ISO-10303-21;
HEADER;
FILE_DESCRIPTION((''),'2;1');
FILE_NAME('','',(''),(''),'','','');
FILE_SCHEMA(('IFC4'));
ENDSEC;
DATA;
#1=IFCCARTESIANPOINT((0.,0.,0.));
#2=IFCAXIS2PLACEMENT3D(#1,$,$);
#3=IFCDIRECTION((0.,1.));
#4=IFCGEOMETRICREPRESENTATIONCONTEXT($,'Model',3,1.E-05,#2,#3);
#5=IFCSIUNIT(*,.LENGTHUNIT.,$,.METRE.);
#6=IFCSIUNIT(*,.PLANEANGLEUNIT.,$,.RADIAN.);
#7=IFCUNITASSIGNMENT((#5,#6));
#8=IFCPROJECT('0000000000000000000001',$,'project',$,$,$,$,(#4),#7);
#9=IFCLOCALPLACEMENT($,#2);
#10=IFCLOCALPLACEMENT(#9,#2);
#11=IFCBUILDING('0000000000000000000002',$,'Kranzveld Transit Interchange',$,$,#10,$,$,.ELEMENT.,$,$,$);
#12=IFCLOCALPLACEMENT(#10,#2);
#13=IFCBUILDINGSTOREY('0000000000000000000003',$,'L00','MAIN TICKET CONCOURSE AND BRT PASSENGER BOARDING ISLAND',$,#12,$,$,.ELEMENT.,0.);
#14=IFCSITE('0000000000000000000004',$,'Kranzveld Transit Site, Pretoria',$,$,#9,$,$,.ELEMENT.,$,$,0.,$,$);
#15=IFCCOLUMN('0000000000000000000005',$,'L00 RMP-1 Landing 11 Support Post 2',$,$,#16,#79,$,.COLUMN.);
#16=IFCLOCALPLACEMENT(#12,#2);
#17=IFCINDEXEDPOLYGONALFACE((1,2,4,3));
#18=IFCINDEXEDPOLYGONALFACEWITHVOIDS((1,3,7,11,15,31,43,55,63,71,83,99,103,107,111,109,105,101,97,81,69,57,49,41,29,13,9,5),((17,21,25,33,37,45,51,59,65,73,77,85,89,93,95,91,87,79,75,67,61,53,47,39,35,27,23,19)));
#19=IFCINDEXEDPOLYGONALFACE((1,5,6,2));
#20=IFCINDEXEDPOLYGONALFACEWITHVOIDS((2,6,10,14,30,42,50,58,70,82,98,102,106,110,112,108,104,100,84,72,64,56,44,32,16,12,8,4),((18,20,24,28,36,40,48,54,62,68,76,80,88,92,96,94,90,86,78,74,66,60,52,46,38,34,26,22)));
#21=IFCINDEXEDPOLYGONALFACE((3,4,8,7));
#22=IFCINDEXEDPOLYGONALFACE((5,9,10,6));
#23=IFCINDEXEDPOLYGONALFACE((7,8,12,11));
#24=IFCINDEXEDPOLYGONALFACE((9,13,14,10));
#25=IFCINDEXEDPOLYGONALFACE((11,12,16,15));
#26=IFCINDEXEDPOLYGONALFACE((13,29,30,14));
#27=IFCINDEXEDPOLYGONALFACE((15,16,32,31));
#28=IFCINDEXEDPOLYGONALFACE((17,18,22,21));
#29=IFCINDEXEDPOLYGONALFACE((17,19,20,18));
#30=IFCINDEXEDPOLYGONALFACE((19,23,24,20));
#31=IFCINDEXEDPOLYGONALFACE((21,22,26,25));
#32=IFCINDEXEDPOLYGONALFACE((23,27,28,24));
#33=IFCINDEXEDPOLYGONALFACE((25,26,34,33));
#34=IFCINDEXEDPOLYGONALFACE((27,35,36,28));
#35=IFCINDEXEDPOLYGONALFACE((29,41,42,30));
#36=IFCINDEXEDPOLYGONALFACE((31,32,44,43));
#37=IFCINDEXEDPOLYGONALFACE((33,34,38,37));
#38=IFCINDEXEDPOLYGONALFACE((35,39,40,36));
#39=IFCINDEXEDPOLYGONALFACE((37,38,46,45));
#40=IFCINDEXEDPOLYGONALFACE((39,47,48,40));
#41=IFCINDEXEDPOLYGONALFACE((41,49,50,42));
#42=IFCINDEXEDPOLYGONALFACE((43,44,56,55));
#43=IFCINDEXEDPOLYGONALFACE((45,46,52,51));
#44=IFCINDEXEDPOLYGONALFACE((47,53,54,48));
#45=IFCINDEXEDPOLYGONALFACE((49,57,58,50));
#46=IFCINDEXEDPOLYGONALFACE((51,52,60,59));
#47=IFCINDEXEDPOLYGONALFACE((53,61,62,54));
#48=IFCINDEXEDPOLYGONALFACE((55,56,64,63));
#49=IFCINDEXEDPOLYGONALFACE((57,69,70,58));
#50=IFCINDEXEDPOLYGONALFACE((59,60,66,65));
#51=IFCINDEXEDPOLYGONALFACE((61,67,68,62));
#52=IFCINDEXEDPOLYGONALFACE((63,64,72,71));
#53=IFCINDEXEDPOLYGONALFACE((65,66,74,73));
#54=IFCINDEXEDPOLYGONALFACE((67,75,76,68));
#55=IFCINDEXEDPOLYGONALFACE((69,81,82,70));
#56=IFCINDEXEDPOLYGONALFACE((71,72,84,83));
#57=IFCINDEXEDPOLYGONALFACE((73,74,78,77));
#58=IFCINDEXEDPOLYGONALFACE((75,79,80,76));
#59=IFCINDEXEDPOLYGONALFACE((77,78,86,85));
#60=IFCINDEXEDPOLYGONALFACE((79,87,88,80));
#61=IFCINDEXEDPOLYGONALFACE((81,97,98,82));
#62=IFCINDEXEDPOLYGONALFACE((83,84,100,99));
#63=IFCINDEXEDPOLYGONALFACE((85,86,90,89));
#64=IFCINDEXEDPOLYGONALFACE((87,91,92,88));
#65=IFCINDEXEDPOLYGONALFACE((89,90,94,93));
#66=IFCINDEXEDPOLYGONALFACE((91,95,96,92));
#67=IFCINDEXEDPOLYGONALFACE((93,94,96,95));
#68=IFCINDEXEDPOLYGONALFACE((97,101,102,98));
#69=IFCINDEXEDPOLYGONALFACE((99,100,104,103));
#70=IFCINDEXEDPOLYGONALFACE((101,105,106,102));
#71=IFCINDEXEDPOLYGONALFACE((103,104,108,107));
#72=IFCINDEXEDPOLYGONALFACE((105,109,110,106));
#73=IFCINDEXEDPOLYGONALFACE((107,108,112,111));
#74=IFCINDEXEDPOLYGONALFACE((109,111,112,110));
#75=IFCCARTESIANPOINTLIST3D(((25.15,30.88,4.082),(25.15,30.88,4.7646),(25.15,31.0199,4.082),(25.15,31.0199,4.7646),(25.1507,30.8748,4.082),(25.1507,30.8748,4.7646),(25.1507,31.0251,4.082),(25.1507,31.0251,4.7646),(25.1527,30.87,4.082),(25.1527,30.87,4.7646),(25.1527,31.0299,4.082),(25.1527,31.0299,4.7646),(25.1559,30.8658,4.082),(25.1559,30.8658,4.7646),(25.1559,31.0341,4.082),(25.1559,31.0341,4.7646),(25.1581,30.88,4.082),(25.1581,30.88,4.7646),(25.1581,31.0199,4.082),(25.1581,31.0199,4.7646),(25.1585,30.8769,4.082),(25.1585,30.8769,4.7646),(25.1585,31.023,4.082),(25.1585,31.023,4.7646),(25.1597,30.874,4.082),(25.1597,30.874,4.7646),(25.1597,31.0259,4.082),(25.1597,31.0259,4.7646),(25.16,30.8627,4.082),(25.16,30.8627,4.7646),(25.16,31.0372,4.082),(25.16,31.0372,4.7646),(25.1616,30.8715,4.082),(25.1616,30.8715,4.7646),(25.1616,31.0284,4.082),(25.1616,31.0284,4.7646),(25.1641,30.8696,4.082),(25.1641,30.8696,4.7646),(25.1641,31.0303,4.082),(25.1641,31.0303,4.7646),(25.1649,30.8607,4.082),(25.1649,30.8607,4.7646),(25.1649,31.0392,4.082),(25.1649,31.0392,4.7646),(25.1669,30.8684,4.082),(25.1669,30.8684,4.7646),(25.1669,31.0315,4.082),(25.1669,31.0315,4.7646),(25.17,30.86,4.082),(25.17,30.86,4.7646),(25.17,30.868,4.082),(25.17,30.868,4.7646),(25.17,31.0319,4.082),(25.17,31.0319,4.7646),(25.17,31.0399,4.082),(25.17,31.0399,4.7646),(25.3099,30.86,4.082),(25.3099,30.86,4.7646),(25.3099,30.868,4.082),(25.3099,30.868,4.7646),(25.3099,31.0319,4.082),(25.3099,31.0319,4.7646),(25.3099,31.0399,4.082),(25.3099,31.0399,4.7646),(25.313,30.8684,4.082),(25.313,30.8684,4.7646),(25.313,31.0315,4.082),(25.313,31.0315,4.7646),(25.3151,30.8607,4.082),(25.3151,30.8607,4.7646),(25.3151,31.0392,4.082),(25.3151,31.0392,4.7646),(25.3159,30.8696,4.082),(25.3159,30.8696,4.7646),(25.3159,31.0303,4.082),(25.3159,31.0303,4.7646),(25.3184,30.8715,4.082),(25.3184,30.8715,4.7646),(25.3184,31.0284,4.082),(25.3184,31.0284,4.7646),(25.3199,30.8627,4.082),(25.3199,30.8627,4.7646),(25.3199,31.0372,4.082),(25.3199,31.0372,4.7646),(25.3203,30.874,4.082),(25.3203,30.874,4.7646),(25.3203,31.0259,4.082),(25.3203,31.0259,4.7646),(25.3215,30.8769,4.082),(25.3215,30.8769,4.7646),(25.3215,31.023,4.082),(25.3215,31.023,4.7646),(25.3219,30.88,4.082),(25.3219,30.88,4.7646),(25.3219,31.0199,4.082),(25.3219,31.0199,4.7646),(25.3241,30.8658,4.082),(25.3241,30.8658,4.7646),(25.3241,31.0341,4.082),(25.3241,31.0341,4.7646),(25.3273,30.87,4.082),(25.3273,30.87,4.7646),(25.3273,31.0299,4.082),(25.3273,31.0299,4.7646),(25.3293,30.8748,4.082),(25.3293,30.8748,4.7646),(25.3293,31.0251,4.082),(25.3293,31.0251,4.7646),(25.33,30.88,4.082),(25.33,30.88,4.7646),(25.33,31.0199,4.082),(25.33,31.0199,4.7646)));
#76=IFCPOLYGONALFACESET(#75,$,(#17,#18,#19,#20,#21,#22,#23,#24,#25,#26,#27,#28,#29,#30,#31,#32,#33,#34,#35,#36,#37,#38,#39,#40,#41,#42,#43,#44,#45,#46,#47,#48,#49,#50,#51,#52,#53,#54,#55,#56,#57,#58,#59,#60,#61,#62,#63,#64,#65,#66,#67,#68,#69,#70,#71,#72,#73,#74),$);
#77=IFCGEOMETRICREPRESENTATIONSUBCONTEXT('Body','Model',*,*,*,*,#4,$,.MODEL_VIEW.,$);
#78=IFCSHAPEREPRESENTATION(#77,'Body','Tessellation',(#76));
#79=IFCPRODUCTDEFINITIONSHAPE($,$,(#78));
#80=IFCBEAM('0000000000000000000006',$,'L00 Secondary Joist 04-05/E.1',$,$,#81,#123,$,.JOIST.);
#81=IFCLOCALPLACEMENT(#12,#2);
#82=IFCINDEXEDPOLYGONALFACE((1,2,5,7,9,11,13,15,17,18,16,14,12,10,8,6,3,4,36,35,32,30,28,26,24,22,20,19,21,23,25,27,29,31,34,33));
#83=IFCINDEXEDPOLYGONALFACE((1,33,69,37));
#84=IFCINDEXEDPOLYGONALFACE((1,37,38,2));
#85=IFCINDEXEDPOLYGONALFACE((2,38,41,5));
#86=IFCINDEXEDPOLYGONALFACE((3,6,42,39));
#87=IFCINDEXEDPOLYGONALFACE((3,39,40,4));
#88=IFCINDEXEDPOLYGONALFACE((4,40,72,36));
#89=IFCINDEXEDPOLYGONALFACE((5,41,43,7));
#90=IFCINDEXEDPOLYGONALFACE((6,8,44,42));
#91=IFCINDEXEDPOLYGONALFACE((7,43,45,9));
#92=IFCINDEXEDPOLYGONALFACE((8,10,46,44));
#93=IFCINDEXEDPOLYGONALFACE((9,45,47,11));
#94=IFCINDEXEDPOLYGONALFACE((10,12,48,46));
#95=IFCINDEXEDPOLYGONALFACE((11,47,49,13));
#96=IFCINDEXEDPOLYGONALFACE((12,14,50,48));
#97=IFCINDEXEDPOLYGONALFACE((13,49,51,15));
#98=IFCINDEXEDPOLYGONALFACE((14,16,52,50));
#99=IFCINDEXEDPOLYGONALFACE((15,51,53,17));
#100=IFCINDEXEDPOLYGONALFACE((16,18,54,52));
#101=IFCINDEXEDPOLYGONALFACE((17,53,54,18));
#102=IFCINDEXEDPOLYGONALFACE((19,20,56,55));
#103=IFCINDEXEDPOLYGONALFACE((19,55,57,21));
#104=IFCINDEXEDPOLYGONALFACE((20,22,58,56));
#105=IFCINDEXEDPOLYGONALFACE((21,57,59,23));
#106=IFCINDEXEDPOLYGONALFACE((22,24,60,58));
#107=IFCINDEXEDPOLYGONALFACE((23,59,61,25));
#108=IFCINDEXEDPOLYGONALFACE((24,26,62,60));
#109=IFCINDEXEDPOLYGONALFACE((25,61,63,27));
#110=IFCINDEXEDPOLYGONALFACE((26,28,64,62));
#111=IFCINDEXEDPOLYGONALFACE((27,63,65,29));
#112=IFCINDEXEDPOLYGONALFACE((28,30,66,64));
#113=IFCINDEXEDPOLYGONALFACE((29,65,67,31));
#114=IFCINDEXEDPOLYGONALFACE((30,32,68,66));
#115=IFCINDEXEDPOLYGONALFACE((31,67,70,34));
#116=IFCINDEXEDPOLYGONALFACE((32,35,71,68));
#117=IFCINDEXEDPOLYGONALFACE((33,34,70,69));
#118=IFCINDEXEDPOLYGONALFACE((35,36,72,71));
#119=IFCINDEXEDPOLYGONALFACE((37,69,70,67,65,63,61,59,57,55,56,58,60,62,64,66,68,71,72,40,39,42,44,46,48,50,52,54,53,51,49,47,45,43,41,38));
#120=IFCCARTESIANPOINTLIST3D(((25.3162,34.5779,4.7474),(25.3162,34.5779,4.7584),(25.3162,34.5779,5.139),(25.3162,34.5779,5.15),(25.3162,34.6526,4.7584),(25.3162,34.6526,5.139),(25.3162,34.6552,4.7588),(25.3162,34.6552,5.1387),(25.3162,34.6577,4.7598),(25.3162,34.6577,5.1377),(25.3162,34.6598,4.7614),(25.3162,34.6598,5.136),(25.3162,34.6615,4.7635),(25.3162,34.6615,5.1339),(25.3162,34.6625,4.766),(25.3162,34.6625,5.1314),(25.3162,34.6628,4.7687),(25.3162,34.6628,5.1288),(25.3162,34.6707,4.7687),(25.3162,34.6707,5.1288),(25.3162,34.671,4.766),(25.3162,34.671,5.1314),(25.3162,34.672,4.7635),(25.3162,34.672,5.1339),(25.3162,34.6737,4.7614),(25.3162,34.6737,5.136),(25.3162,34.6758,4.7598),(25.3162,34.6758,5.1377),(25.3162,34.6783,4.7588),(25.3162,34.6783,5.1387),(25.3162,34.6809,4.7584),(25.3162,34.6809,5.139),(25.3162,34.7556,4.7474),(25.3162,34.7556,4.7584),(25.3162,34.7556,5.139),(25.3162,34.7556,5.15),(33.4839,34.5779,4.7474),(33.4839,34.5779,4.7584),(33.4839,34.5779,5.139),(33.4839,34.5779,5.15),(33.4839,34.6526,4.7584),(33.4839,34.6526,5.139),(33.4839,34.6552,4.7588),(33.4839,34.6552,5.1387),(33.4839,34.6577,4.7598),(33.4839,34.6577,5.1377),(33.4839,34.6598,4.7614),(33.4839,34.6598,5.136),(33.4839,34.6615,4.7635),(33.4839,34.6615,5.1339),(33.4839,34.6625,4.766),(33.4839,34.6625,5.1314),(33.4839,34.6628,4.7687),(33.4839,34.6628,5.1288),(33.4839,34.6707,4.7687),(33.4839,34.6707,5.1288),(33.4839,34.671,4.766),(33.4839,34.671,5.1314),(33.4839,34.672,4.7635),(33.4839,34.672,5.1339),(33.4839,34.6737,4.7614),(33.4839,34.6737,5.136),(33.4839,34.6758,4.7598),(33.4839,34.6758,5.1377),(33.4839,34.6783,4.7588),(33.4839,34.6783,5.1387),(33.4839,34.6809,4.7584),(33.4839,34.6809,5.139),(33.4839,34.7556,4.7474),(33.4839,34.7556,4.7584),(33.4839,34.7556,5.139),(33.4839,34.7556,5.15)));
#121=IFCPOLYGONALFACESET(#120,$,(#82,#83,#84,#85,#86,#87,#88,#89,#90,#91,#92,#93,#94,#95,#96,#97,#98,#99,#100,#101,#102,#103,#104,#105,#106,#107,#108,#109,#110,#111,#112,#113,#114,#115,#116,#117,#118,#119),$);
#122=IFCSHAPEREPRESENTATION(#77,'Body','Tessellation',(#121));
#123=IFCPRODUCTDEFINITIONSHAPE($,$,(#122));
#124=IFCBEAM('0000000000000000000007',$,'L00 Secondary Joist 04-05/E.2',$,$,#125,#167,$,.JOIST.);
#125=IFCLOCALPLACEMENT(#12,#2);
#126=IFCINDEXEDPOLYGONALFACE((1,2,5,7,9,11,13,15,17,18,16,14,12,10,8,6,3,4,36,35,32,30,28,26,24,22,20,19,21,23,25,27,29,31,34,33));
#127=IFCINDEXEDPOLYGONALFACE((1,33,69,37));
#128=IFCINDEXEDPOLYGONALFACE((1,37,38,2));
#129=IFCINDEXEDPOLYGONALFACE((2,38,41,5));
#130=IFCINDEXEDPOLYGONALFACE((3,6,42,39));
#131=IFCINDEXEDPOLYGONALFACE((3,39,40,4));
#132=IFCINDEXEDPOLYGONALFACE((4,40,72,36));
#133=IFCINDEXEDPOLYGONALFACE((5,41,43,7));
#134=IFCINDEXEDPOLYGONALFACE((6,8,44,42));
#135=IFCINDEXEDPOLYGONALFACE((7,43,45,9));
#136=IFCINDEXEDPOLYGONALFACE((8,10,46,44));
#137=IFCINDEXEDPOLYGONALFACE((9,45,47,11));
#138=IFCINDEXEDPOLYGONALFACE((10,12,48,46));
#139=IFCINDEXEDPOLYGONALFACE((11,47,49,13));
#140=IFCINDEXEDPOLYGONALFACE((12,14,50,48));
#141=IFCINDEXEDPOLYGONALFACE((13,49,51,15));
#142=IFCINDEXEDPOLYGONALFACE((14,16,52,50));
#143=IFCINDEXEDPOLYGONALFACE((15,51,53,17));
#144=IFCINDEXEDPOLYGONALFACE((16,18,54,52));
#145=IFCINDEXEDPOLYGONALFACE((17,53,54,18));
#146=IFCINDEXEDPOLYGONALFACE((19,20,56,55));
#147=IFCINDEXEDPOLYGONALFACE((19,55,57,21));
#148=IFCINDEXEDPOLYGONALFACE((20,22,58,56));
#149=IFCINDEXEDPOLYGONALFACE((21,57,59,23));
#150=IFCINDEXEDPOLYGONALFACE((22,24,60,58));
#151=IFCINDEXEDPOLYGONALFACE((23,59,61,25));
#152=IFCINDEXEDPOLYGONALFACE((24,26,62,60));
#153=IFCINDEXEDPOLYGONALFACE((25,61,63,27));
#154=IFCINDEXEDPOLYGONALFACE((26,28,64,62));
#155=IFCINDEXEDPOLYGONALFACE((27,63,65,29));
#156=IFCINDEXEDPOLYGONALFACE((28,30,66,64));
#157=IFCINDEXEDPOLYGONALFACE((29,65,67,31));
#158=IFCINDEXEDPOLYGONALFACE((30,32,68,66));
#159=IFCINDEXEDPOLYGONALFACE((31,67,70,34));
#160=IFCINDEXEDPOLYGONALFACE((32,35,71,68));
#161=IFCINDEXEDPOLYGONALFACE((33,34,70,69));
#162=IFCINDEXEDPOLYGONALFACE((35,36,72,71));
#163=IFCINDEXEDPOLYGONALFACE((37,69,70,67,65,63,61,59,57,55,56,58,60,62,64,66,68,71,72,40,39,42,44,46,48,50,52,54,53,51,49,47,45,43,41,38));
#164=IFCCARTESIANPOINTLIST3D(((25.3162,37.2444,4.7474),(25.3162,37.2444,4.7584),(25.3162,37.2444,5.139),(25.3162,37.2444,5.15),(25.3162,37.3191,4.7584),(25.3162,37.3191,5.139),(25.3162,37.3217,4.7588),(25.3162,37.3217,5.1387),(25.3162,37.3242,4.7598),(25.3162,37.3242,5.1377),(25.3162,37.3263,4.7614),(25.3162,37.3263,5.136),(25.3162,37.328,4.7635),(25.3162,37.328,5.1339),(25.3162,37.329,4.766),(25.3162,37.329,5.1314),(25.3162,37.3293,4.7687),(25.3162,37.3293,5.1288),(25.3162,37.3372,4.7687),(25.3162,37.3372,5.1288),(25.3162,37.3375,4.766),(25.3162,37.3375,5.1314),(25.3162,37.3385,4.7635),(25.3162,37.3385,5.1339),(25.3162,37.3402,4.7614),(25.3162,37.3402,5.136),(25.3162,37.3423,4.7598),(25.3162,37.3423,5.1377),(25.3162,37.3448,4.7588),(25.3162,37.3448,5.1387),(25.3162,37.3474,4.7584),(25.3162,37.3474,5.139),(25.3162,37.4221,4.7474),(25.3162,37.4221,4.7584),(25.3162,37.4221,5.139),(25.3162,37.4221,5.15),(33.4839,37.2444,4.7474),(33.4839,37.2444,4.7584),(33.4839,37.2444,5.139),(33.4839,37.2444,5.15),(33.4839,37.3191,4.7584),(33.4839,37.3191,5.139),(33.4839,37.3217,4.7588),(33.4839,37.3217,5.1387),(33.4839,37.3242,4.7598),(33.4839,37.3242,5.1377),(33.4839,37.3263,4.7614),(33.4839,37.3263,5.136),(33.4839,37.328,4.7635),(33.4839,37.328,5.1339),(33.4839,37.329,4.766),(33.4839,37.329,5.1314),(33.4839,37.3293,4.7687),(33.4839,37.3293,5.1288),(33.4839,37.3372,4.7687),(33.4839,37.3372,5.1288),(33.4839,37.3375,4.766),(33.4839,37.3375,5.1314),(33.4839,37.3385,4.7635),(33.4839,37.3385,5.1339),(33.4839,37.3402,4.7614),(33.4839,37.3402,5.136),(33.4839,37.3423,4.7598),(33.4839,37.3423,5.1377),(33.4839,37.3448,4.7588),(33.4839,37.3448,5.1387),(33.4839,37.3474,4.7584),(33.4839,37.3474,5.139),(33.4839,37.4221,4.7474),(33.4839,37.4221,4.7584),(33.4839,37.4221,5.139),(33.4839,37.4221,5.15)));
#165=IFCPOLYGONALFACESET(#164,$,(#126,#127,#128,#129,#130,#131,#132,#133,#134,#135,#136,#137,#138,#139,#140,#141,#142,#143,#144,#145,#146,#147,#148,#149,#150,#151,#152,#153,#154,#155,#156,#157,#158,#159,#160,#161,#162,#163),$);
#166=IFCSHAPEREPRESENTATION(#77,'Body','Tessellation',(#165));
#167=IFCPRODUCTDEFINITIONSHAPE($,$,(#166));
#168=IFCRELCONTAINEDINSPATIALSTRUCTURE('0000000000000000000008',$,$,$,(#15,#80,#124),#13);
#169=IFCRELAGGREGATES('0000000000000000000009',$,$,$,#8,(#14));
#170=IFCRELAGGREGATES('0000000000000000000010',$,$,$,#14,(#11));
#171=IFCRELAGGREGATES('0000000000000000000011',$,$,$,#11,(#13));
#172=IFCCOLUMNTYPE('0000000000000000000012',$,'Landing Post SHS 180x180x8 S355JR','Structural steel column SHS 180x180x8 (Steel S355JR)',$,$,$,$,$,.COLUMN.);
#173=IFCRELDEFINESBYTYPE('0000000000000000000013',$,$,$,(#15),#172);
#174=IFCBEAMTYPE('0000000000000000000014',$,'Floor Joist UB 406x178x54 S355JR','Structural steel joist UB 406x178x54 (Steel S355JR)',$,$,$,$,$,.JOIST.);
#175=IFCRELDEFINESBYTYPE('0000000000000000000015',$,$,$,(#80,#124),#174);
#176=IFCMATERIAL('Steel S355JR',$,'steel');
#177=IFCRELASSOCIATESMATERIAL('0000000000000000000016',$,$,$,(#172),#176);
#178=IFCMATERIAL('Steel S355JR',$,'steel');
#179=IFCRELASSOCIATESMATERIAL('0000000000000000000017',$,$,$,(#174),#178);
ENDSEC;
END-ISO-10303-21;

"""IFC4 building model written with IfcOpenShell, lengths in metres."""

from ifc_helpers import new_model, si_unit, direction, frame, origin, origin_2d, place, context, subcontext, project, spatial, hollow_rectangle, i_section, extrude, material, material_profile, profile_set, type_object, element, save


model = new_model("IFC4")

# Units and contexts
model_context = context("Model", 3, precision=1e-05, world=origin(), true_north=direction((0.0, 1.0)))
body_context = subcontext(model_context, "Body", "Model", "MODEL_VIEW")
ifc_project = project(units=[si_unit("LENGTHUNIT", "METRE"), si_unit("PLANEANGLEUNIT", "RADIAN")], contexts=[model_context])

# Site, building, storey
site_placement = place(None, origin())
site = spatial("IfcSite", under=ifc_project, at=site_placement, Name="Kranzveld Transit Site, Pretoria", CompositionType="ELEMENT", RefElevation=0.0)
building_placement = place(site_placement, origin())
building = spatial("IfcBuilding", under=site, at=building_placement, Name="Kranzveld Transit Interchange", CompositionType="ELEMENT")
storey_placement = place(building_placement, origin())
storey = spatial("IfcBuildingStorey", under=building, at=storey_placement, Name="L00", Description="MAIN TICKET CONCOURSE AND BRT PASSENGER BOARDING ISLAND", CompositionType="ELEMENT", Elevation=0.0)

# Column
ifc_material_1 = material(Name="Steel S355JR", Category="steel")
ifc_material_profile_1 = material_profile(ifc_material_1, hollow_rectangle(XDim=0.1799, YDim=0.1799, WallThickness=0.0081, InnerFilletRadius=0.012, OuterFilletRadius=0.02, at=origin_2d()), Name="SHS 180x180x8")
ifc_profile_set_1 = profile_set([ifc_material_profile_1], Name="Steel S355JR")
column_type_1 = type_object("IfcColumnType", Name="Landing Post SHS 180x180x8 S355JR", Description="Structural steel column SHS 180x180x8 (Steel S355JR)", PredefinedType="COLUMN", material=ifc_profile_set_1)
for number, where, z_axis, x_axis, name in (
    (1, (25.24, 30.95, 4.082), (0.0, 0.0, 1.0), (1.0, 0.0, 0.0), "L00 RMP-1 Landing 11 Support Post 2"),
):
    element("IfcColumn", number, at=place(storey_placement, frame(where, z_axis=z_axis, x_axis=x_axis)), inside=storey, type_object=column_type_1, Name=name, PredefinedType="COLUMN", context=body_context, shape_type="SweptSolid", body=[
        extrude(hollow_rectangle(XDim=0.1799, YDim=0.1799, WallThickness=0.0081, InnerFilletRadius=0.012, OuterFilletRadius=0.02, at=origin_2d()), origin(), (0.0, 0.0, 1.0), 0.6826),
    ])

# Beams
ifc_material_2 = material(Name="Steel S355JR", Category="steel")
ifc_material_profile_2 = material_profile(ifc_material_2, i_section(OverallWidth=0.1777, OverallDepth=0.4026, WebThickness=0.0078, FlangeThickness=0.011, FilletRadius=0.0103, at=origin_2d()), Name="UB 406x178x54")
ifc_profile_set_2 = profile_set([ifc_material_profile_2], Name="Steel S355JR")
beam_type_1 = type_object("IfcBeamType", Name="Floor Joist UB 406x178x54 S355JR", Description="Structural steel joist UB 406x178x54 (Steel S355JR)", PredefinedType="JOIST", material=ifc_profile_set_2)
for number, where, z_axis, x_axis, name in (
    (2, (25.3162, 34.6667, 4.9487), (1.0, 0.0, 0.0), (0.0, 1.0, 0.0), "L00 Secondary Joist 04-05/E.1"),
    (3, (25.3162, 37.3333, 4.9487), (1.0, 0.0, 0.0), (0.0, 1.0, 0.0), "L00 Secondary Joist 04-05/E.2"),
):
    element("IfcBeam", number, at=place(storey_placement, frame(where, z_axis=z_axis, x_axis=x_axis)), inside=storey, type_object=beam_type_1, Name=name, PredefinedType="JOIST", context=body_context, shape_type="SweptSolid", body=[
        extrude(i_section(OverallWidth=0.1777, OverallDepth=0.4026, WebThickness=0.0078, FlangeThickness=0.011, FilletRadius=0.0103, at=origin_2d()), origin(), (0.0, 0.0, 1.0), 8.1677),
    ])

save(model, "model.ifc")
